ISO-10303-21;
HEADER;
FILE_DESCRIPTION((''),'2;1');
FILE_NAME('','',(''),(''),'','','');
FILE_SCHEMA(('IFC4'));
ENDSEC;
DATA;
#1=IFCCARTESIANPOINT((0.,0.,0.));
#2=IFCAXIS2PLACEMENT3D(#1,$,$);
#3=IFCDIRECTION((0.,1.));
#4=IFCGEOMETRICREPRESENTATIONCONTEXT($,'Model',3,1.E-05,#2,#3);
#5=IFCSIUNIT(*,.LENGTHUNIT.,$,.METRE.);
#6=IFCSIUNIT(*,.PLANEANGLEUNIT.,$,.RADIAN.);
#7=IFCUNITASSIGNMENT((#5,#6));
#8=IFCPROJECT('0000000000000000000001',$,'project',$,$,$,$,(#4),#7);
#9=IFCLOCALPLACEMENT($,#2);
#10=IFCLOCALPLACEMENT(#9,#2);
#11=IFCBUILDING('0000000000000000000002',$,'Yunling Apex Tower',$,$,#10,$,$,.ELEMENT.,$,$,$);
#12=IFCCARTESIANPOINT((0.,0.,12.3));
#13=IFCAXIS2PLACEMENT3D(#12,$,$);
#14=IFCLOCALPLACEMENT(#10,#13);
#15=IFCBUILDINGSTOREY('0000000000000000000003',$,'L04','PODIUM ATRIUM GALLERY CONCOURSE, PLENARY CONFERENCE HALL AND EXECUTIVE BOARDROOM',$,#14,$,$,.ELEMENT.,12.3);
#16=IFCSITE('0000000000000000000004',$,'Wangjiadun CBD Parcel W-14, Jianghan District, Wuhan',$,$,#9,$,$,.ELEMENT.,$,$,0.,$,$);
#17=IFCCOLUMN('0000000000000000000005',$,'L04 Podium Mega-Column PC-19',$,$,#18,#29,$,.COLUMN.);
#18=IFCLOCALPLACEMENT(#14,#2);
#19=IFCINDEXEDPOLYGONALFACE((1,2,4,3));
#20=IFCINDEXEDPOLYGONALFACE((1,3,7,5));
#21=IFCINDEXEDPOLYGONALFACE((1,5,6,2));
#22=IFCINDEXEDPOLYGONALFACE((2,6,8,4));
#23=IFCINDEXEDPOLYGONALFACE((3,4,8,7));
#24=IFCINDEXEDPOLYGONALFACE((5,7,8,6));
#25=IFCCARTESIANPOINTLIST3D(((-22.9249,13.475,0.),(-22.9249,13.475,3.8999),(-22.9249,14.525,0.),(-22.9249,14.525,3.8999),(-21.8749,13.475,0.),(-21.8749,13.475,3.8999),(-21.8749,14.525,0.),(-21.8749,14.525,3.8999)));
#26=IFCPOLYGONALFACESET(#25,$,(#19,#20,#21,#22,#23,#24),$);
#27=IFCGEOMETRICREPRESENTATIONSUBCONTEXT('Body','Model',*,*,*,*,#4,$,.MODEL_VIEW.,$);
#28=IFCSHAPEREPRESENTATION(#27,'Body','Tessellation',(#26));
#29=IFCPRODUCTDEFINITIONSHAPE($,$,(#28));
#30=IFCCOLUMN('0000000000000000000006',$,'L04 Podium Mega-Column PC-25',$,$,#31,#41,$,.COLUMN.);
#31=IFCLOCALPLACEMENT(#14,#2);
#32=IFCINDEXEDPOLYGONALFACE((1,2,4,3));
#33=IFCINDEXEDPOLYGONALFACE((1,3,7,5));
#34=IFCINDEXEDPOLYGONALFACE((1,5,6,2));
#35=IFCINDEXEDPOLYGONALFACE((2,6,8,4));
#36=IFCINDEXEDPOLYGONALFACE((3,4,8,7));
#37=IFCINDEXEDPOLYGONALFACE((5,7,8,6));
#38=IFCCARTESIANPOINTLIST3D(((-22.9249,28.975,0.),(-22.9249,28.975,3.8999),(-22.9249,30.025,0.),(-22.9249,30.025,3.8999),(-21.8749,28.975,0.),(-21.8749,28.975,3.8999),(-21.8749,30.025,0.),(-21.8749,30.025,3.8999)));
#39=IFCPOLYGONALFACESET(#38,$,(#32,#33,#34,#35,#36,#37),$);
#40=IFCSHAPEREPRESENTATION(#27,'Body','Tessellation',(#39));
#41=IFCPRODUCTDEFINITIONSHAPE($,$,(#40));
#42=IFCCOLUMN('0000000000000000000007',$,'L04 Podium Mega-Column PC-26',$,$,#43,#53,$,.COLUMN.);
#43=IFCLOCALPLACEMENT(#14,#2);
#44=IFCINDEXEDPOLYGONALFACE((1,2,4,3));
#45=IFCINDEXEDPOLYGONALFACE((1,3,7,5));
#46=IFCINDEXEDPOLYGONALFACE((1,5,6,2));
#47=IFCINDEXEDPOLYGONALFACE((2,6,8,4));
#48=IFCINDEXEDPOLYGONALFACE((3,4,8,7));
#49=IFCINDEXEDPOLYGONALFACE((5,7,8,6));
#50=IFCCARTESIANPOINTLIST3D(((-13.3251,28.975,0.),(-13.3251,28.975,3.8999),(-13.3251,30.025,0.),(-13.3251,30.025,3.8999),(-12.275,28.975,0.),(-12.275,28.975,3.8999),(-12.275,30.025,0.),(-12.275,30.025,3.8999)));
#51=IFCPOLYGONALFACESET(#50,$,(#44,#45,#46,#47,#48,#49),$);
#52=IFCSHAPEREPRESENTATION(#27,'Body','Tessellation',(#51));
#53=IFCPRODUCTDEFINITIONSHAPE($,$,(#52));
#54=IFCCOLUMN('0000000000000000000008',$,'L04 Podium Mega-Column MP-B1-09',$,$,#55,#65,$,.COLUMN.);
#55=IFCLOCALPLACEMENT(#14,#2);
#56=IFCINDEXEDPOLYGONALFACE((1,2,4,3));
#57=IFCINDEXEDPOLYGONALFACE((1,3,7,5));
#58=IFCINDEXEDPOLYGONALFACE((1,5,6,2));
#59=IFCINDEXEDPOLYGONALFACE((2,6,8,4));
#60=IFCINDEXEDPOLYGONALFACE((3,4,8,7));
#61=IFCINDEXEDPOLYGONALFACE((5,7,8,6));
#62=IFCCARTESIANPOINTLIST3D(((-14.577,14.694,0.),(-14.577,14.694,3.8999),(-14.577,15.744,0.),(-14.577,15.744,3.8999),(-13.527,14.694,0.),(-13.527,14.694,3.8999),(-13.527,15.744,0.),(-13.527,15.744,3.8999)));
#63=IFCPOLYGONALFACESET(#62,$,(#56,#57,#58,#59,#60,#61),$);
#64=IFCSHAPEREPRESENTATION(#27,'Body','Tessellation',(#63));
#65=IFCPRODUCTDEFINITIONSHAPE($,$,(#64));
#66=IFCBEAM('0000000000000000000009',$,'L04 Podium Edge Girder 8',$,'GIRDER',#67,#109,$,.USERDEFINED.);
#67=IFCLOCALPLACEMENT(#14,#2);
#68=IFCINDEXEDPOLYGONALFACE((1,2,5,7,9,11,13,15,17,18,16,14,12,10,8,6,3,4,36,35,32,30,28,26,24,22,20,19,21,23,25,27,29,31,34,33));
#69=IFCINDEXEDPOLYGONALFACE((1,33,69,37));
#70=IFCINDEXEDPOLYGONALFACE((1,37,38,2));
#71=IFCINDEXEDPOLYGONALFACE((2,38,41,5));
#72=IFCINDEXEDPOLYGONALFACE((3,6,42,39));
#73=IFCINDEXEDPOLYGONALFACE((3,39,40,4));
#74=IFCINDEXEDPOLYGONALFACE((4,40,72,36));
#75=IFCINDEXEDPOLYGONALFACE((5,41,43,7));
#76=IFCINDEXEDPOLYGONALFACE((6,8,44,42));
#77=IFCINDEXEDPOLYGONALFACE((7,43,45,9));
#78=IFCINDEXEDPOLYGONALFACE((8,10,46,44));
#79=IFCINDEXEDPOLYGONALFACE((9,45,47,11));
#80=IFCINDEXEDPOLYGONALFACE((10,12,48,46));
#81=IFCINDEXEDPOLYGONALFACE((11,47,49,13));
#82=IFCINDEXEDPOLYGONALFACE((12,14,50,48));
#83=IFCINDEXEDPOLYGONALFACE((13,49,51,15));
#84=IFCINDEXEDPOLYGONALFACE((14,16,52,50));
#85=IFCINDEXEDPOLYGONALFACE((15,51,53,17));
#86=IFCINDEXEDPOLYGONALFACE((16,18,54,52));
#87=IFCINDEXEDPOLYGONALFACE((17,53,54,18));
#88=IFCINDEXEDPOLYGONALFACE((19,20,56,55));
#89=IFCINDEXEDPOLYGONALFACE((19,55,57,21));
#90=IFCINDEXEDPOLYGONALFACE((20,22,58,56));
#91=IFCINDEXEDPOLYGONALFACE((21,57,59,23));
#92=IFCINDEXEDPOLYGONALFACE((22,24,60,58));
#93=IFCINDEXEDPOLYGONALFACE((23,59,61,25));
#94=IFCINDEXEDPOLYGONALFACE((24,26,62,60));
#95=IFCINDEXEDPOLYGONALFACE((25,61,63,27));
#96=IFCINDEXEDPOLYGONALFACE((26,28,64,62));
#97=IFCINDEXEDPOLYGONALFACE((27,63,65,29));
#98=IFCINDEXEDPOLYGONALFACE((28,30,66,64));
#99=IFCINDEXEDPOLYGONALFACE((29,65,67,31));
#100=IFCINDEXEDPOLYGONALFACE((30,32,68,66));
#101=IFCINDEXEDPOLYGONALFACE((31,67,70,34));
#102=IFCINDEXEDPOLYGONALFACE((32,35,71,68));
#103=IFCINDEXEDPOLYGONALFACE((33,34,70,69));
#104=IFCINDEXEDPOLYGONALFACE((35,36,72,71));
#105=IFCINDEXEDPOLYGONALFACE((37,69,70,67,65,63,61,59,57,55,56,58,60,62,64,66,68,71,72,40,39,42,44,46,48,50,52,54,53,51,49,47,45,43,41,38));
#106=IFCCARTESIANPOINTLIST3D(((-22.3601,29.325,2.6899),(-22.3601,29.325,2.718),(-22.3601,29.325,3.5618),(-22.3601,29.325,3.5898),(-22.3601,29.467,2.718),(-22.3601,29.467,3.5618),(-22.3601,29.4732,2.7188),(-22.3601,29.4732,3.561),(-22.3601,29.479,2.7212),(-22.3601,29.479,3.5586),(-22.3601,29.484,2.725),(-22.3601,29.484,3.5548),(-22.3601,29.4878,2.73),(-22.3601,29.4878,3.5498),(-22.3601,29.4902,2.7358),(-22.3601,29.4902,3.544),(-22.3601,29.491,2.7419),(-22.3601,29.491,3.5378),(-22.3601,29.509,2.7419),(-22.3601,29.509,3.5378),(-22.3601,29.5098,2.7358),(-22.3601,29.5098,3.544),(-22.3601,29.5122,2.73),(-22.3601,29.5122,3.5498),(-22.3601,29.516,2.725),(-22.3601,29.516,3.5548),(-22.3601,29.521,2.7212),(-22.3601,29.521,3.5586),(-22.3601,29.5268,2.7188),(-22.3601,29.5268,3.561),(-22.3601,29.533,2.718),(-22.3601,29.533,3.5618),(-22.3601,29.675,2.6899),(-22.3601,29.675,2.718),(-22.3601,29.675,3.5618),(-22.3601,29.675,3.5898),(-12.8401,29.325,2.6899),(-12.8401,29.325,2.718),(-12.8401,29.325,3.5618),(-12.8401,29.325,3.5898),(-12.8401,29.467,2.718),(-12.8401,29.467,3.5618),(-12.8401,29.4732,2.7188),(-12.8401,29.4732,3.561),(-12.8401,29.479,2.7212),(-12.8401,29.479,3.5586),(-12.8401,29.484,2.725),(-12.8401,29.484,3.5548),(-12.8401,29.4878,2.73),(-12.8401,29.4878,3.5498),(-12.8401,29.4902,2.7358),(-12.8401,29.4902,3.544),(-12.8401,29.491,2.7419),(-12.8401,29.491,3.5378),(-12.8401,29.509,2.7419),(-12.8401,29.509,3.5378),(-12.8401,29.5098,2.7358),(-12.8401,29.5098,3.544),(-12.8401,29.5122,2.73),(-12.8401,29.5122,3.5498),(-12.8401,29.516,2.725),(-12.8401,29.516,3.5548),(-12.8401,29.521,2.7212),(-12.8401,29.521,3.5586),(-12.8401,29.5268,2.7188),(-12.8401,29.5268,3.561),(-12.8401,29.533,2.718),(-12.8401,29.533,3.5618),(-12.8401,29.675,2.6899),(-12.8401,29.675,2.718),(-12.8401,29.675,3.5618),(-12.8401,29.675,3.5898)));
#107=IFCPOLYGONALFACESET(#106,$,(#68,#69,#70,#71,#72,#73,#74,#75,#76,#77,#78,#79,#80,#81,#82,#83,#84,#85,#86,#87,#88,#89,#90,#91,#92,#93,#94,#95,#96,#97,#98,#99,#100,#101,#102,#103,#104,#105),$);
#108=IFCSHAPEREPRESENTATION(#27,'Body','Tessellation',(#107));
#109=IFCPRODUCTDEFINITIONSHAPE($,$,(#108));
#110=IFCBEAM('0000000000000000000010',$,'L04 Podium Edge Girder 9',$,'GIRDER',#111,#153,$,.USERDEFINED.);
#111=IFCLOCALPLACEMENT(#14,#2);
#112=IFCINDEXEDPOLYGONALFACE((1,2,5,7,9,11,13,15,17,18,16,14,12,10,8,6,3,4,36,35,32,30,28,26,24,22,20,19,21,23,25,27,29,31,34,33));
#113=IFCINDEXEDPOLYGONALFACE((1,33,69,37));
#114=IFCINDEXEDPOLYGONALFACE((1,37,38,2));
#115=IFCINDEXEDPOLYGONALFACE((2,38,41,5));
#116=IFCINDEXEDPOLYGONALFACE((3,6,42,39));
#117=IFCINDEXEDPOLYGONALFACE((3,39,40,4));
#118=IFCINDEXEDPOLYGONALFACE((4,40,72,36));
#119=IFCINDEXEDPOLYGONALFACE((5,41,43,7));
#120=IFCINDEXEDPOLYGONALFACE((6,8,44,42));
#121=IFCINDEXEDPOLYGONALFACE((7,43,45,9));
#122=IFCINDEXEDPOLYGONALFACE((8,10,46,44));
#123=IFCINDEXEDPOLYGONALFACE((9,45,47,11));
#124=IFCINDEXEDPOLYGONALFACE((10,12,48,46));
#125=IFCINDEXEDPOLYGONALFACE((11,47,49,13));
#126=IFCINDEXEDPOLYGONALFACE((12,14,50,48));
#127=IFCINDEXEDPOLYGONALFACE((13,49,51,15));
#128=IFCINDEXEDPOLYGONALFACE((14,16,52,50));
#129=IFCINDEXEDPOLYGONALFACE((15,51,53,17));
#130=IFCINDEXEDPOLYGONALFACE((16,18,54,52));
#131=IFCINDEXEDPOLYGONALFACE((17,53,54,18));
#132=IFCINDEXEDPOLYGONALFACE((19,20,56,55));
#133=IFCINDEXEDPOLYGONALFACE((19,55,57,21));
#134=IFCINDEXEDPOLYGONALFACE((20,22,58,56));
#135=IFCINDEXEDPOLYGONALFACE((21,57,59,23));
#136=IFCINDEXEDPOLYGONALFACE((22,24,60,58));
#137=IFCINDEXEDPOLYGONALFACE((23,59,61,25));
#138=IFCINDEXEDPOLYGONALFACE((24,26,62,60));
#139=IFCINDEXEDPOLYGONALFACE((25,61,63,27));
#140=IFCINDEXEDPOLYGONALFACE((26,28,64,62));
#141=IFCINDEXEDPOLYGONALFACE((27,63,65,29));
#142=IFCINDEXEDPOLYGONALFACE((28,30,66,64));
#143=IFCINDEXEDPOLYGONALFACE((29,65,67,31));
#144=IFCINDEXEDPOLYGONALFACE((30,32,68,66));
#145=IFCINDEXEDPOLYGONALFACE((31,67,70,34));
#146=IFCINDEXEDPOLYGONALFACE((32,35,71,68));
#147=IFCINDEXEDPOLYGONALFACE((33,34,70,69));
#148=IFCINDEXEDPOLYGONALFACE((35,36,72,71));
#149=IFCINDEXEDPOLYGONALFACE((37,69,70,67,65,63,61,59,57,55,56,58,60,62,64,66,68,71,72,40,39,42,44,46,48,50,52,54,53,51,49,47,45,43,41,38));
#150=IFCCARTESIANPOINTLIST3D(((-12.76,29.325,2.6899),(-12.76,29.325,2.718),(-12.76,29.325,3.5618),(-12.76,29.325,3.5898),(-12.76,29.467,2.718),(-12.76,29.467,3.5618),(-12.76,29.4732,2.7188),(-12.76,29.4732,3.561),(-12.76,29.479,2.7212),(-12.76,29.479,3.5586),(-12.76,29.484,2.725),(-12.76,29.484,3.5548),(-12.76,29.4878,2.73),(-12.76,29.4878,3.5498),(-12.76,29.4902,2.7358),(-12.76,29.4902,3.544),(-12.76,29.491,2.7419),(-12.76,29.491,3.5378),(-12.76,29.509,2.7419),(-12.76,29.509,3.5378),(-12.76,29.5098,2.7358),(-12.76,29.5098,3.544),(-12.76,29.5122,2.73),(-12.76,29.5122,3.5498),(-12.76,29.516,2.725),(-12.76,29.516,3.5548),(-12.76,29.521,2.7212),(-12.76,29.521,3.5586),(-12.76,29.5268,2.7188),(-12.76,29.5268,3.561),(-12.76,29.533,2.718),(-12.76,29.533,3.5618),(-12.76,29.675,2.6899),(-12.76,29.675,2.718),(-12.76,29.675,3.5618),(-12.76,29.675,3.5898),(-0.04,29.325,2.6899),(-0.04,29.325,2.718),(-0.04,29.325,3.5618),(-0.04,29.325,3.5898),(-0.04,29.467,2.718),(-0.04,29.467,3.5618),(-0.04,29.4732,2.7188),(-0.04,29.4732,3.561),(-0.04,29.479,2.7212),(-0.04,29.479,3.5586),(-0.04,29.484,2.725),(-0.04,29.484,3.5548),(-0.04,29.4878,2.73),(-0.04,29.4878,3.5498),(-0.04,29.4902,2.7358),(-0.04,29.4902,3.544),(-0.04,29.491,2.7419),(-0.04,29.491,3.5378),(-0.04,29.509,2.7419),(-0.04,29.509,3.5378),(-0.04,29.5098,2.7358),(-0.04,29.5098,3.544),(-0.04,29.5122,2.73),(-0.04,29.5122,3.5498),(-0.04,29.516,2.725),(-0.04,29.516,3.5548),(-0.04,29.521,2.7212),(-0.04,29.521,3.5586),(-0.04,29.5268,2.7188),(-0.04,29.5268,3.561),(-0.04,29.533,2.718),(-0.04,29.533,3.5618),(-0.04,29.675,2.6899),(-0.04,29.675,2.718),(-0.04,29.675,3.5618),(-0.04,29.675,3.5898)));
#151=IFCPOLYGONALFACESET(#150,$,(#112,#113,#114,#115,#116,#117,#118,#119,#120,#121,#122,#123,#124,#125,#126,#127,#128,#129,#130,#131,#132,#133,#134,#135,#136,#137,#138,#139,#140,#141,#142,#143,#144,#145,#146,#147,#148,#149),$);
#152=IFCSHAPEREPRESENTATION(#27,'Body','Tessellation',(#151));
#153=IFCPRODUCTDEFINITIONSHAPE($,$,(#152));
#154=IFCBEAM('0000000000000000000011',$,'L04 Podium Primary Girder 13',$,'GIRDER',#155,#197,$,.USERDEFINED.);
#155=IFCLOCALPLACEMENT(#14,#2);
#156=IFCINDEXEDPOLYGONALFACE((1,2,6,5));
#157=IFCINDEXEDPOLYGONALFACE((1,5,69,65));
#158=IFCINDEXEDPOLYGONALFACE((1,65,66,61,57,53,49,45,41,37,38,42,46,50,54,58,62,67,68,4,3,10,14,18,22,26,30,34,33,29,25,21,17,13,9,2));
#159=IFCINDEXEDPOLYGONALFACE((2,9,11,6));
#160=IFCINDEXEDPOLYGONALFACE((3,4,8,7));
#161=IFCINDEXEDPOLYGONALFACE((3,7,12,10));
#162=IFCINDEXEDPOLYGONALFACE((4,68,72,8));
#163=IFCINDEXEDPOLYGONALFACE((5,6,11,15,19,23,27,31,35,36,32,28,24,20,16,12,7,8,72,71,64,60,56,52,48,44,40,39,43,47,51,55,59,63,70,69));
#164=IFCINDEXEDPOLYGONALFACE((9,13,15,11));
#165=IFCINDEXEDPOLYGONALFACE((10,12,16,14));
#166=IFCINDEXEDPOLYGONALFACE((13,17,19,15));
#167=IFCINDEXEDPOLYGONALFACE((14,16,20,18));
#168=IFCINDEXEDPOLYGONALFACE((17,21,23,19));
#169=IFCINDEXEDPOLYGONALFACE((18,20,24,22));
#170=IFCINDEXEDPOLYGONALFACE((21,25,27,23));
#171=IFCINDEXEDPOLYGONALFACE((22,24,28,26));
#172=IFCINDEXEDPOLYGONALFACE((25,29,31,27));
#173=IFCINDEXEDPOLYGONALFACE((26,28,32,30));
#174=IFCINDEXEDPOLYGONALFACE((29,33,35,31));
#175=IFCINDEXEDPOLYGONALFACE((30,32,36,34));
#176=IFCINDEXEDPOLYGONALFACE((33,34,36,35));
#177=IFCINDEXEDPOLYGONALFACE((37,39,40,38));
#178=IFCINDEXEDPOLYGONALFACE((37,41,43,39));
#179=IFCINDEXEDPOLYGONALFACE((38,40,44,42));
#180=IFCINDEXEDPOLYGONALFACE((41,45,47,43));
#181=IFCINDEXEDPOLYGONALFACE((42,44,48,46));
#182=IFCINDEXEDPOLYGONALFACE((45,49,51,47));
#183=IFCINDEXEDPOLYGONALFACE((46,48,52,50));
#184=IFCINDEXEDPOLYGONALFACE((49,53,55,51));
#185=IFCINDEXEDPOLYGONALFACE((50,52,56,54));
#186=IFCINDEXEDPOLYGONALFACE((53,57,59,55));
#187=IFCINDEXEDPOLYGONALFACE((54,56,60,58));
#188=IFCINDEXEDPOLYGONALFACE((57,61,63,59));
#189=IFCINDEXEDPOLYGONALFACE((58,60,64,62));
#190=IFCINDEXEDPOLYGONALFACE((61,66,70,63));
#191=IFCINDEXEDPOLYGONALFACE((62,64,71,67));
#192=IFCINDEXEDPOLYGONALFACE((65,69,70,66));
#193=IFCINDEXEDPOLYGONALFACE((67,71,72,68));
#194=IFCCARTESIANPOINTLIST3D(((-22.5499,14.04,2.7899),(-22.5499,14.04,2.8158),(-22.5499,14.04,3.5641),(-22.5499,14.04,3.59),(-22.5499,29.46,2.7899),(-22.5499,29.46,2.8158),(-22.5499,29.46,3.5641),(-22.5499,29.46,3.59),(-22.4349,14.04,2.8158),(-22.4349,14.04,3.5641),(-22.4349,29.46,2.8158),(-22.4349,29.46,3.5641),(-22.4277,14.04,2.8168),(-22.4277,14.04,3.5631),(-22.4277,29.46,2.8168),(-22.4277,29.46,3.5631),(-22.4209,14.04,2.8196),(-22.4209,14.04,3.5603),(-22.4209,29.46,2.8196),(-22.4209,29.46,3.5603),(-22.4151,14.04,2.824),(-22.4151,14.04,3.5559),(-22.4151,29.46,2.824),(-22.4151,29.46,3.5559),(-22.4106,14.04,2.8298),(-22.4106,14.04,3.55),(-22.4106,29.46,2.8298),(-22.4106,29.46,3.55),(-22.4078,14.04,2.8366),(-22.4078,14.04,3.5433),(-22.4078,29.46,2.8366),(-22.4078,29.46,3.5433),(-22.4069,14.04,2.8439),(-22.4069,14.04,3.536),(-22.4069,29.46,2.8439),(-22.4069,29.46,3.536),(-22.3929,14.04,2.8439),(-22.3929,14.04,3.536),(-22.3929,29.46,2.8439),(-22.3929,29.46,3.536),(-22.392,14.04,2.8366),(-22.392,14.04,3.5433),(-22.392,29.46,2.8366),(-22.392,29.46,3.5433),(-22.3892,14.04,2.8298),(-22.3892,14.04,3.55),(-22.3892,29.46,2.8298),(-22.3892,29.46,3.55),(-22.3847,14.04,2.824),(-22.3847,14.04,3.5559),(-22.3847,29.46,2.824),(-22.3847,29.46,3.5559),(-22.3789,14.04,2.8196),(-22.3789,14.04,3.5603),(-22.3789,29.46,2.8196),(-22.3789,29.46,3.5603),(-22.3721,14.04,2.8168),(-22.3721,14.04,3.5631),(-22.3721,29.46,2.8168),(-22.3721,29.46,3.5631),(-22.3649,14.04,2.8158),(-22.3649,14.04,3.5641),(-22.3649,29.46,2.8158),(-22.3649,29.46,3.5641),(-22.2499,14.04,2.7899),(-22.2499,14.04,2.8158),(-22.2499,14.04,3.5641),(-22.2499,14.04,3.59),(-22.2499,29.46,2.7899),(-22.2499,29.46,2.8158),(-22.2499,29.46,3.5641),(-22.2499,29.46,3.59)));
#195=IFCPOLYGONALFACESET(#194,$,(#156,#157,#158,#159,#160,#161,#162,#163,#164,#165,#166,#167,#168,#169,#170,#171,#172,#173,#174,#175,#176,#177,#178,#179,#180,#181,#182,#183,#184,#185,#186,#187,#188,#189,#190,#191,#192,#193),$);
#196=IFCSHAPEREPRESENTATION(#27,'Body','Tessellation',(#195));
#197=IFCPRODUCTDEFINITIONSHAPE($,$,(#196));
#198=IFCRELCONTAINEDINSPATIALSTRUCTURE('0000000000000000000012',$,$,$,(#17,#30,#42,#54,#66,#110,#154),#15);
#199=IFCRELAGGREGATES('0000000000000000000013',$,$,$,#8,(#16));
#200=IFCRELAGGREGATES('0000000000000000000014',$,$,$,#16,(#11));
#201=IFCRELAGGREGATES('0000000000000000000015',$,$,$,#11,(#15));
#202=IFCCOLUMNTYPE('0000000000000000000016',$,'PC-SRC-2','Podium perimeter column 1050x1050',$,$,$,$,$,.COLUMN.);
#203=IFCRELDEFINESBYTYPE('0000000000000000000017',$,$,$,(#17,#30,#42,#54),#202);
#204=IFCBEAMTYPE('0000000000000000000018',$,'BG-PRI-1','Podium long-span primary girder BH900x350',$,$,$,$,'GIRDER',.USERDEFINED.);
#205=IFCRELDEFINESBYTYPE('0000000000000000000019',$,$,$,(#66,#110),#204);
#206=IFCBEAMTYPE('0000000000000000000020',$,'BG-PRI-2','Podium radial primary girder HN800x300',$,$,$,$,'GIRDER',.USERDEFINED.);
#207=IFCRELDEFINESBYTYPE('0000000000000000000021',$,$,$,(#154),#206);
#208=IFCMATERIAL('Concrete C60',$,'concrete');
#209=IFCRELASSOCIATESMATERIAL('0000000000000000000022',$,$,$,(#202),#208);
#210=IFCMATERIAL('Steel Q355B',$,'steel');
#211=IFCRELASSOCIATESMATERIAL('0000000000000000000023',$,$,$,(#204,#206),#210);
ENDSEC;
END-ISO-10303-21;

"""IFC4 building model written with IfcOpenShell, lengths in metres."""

from ifc_helpers import new_model, si_unit, direction, frame, origin, origin_2d, place, context, subcontext, project, spatial, rectangle, i_section, extrude, source, transform, mapped, material, material_profile, profile_set, type_object, element, save


model = new_model("IFC4")

# Units and contexts
model_context = context("Model", 3, precision=1e-05, world=origin(), true_north=direction((0.0, 1.0)))
body_context = subcontext(model_context, "Body", "Model", "MODEL_VIEW")
ifc_project = project(units=[si_unit("LENGTHUNIT", "METRE"), si_unit("PLANEANGLEUNIT", "RADIAN")], contexts=[model_context])

# Site, building, storey
site_placement = place(None, origin())
site = spatial("IfcSite", under=ifc_project, at=site_placement, Name="Wangjiadun CBD Parcel W-14, Jianghan District, Wuhan", CompositionType="ELEMENT", RefElevation=0.0)
building_placement = place(site_placement, origin())
building = spatial("IfcBuilding", under=site, at=building_placement, Name="Yunling Apex Tower", CompositionType="ELEMENT")
storey_placement = place(building_placement, frame((0.0, 0.0, 12.3)))
storey = spatial("IfcBuildingStorey", under=building, at=storey_placement, Name="L04", Description="PODIUM ATRIUM GALLERY CONCOURSE, PLENARY CONFERENCE HALL AND EXECUTIVE BOARDROOM", CompositionType="ELEMENT", Elevation=12.3)

# Columns
ifc_material_1 = material(Name="Concrete C60", Category="concrete")
ifc_material_profile_1 = material_profile(ifc_material_1, rectangle(XDim=1.05, YDim=1.05, at=origin_2d()))
ifc_profile_set_1 = profile_set([ifc_material_profile_1], Name="Concrete C60")
column_type = type_object("IfcColumnType", Name="PC-SRC-2", Description="Podium perimeter column 1050x1050", PredefinedType="COLUMN", material=ifc_profile_set_1)
shared_shape_1 = source(origin(), body_context, "Body", "SweptSolid", [
    extrude(rectangle(XDim=1.05, YDim=1.05, at=origin_2d()), origin(), (0.0, 0.0, 1.0), 3.8999),
])
for number, where, z_axis, x_axis, name in (
    (1, (-22.3999, 14.0, 0.0), (0.0, 0.0, 1.0), (1.0, 0.0, 0.0), "L04 Podium Mega-Column PC-19"),
    (2, (-22.3999, 29.5, 0.0), (0.0, 0.0, 1.0), (1.0, 0.0, 0.0), "L04 Podium Mega-Column PC-25"),
    (3, (-12.8, 29.5, 0.0), (0.0, 0.0, 1.0), (1.0, 0.0, 0.0), "L04 Podium Mega-Column PC-26"),
    (4, (-14.052, 15.219, 0.0), (0.0, 0.0, 1.0), (1.0, 0.0, 0.0), "L04 Podium Mega-Column MP-B1-09"),
):
    element("IfcColumn", number, at=place(storey_placement, frame(where, z_axis=z_axis, x_axis=x_axis)), inside=storey, type_object=column_type, Name=name, PredefinedType="COLUMN", context=body_context, shape_type="MappedRepresentation", body=[
        mapped(shared_shape_1, transform((0.0, 0.0, 0.0), scale=1.0)),
    ])

# Beams
ifc_material_2 = material(Name="Steel Q355B", Category="steel")
ifc_material_profile_2 = material_profile(ifc_material_2, i_section(OverallWidth=0.3501, OverallDepth=0.8999, WebThickness=0.0181, FlangeThickness=0.0281, FilletRadius=0.0239, at=origin_2d()))
ifc_profile_set_2 = profile_set([ifc_material_profile_2], Name="Steel Q355B")
beam_type_1 = type_object("IfcBeamType", Name="BG-PRI-1", Description="Podium long-span primary girder BH900x350", ElementType="GIRDER", PredefinedType="USERDEFINED", material=ifc_profile_set_2)
shared_shape_2 = source(origin(), body_context, "Body", "SweptSolid", [
    extrude(i_section(OverallWidth=0.3501, OverallDepth=0.8999, WebThickness=0.0181, FlangeThickness=0.0281, FilletRadius=0.0239, at=origin_2d()), origin(), (0.0, 0.0, 1.0), 9.52),
])
beam_1_placement = place(storey_placement, frame((-22.3601, 29.5, 3.1399), z_axis=(1.0, 0.0, 0.0), x_axis=(0.0, 1.0, 0.0)))
element("IfcBeam", 5, at=beam_1_placement, inside=storey, type_object=beam_type_1, Name="L04 Podium Edge Girder 8", ObjectType="GIRDER", PredefinedType="USERDEFINED", context=body_context, shape_type="MappedRepresentation", body=[
    mapped(shared_shape_2, transform((0.0, 0.0, 0.0), scale=1.0)),
])
shared_shape_3 = source(origin(), body_context, "Body", "SweptSolid", [
    extrude(i_section(OverallWidth=0.3501, OverallDepth=0.8999, WebThickness=0.0181, FlangeThickness=0.0281, FilletRadius=0.0239, at=origin_2d()), origin(), (0.0, 0.0, 1.0), 12.72),
])
beam_2_placement = place(storey_placement, frame((-12.76, 29.5, 3.1399), z_axis=(1.0, 0.0, 0.0), x_axis=(0.0, 1.0, 0.0)))
element("IfcBeam", 6, at=beam_2_placement, inside=storey, type_object=beam_type_1, Name="L04 Podium Edge Girder 9", ObjectType="GIRDER", PredefinedType="USERDEFINED", context=body_context, shape_type="MappedRepresentation", body=[
    mapped(shared_shape_3, transform((0.0, 0.0, 0.0), scale=1.0)),
])
ifc_material_profile_3 = material_profile(ifc_material_2, i_section(OverallWidth=0.3, OverallDepth=0.8, WebThickness=0.0139, FlangeThickness=0.0259, FilletRadius=0.0281, at=origin_2d()))
ifc_profile_set_3 = profile_set([ifc_material_profile_3], Name="Steel Q355B")
beam_type_2 = type_object("IfcBeamType", Name="BG-PRI-2", Description="Podium radial primary girder HN800x300", ElementType="GIRDER", PredefinedType="USERDEFINED", material=ifc_profile_set_3)
shared_shape_4 = source(origin(), body_context, "Body", "SweptSolid", [
    extrude(i_section(OverallWidth=0.3, OverallDepth=0.8, WebThickness=0.0139, FlangeThickness=0.0259, FilletRadius=0.0281, at=origin_2d()), origin(), (0.0, 0.0, 1.0), 15.4199),
])
beam_3_placement = place(storey_placement, frame((-22.3999, 29.46, 3.1899), z_axis=(0.0, -1.0, 0.0), x_axis=(1.0, 0.0, 0.0)))
element("IfcBeam", 7, at=beam_3_placement, inside=storey, type_object=beam_type_2, Name="L04 Podium Primary Girder 13", ObjectType="GIRDER", PredefinedType="USERDEFINED", context=body_context, shape_type="MappedRepresentation", body=[
    mapped(shared_shape_4, transform((0.0, 0.0, 0.0), scale=1.0)),
])

save(model, "model.ifc")
